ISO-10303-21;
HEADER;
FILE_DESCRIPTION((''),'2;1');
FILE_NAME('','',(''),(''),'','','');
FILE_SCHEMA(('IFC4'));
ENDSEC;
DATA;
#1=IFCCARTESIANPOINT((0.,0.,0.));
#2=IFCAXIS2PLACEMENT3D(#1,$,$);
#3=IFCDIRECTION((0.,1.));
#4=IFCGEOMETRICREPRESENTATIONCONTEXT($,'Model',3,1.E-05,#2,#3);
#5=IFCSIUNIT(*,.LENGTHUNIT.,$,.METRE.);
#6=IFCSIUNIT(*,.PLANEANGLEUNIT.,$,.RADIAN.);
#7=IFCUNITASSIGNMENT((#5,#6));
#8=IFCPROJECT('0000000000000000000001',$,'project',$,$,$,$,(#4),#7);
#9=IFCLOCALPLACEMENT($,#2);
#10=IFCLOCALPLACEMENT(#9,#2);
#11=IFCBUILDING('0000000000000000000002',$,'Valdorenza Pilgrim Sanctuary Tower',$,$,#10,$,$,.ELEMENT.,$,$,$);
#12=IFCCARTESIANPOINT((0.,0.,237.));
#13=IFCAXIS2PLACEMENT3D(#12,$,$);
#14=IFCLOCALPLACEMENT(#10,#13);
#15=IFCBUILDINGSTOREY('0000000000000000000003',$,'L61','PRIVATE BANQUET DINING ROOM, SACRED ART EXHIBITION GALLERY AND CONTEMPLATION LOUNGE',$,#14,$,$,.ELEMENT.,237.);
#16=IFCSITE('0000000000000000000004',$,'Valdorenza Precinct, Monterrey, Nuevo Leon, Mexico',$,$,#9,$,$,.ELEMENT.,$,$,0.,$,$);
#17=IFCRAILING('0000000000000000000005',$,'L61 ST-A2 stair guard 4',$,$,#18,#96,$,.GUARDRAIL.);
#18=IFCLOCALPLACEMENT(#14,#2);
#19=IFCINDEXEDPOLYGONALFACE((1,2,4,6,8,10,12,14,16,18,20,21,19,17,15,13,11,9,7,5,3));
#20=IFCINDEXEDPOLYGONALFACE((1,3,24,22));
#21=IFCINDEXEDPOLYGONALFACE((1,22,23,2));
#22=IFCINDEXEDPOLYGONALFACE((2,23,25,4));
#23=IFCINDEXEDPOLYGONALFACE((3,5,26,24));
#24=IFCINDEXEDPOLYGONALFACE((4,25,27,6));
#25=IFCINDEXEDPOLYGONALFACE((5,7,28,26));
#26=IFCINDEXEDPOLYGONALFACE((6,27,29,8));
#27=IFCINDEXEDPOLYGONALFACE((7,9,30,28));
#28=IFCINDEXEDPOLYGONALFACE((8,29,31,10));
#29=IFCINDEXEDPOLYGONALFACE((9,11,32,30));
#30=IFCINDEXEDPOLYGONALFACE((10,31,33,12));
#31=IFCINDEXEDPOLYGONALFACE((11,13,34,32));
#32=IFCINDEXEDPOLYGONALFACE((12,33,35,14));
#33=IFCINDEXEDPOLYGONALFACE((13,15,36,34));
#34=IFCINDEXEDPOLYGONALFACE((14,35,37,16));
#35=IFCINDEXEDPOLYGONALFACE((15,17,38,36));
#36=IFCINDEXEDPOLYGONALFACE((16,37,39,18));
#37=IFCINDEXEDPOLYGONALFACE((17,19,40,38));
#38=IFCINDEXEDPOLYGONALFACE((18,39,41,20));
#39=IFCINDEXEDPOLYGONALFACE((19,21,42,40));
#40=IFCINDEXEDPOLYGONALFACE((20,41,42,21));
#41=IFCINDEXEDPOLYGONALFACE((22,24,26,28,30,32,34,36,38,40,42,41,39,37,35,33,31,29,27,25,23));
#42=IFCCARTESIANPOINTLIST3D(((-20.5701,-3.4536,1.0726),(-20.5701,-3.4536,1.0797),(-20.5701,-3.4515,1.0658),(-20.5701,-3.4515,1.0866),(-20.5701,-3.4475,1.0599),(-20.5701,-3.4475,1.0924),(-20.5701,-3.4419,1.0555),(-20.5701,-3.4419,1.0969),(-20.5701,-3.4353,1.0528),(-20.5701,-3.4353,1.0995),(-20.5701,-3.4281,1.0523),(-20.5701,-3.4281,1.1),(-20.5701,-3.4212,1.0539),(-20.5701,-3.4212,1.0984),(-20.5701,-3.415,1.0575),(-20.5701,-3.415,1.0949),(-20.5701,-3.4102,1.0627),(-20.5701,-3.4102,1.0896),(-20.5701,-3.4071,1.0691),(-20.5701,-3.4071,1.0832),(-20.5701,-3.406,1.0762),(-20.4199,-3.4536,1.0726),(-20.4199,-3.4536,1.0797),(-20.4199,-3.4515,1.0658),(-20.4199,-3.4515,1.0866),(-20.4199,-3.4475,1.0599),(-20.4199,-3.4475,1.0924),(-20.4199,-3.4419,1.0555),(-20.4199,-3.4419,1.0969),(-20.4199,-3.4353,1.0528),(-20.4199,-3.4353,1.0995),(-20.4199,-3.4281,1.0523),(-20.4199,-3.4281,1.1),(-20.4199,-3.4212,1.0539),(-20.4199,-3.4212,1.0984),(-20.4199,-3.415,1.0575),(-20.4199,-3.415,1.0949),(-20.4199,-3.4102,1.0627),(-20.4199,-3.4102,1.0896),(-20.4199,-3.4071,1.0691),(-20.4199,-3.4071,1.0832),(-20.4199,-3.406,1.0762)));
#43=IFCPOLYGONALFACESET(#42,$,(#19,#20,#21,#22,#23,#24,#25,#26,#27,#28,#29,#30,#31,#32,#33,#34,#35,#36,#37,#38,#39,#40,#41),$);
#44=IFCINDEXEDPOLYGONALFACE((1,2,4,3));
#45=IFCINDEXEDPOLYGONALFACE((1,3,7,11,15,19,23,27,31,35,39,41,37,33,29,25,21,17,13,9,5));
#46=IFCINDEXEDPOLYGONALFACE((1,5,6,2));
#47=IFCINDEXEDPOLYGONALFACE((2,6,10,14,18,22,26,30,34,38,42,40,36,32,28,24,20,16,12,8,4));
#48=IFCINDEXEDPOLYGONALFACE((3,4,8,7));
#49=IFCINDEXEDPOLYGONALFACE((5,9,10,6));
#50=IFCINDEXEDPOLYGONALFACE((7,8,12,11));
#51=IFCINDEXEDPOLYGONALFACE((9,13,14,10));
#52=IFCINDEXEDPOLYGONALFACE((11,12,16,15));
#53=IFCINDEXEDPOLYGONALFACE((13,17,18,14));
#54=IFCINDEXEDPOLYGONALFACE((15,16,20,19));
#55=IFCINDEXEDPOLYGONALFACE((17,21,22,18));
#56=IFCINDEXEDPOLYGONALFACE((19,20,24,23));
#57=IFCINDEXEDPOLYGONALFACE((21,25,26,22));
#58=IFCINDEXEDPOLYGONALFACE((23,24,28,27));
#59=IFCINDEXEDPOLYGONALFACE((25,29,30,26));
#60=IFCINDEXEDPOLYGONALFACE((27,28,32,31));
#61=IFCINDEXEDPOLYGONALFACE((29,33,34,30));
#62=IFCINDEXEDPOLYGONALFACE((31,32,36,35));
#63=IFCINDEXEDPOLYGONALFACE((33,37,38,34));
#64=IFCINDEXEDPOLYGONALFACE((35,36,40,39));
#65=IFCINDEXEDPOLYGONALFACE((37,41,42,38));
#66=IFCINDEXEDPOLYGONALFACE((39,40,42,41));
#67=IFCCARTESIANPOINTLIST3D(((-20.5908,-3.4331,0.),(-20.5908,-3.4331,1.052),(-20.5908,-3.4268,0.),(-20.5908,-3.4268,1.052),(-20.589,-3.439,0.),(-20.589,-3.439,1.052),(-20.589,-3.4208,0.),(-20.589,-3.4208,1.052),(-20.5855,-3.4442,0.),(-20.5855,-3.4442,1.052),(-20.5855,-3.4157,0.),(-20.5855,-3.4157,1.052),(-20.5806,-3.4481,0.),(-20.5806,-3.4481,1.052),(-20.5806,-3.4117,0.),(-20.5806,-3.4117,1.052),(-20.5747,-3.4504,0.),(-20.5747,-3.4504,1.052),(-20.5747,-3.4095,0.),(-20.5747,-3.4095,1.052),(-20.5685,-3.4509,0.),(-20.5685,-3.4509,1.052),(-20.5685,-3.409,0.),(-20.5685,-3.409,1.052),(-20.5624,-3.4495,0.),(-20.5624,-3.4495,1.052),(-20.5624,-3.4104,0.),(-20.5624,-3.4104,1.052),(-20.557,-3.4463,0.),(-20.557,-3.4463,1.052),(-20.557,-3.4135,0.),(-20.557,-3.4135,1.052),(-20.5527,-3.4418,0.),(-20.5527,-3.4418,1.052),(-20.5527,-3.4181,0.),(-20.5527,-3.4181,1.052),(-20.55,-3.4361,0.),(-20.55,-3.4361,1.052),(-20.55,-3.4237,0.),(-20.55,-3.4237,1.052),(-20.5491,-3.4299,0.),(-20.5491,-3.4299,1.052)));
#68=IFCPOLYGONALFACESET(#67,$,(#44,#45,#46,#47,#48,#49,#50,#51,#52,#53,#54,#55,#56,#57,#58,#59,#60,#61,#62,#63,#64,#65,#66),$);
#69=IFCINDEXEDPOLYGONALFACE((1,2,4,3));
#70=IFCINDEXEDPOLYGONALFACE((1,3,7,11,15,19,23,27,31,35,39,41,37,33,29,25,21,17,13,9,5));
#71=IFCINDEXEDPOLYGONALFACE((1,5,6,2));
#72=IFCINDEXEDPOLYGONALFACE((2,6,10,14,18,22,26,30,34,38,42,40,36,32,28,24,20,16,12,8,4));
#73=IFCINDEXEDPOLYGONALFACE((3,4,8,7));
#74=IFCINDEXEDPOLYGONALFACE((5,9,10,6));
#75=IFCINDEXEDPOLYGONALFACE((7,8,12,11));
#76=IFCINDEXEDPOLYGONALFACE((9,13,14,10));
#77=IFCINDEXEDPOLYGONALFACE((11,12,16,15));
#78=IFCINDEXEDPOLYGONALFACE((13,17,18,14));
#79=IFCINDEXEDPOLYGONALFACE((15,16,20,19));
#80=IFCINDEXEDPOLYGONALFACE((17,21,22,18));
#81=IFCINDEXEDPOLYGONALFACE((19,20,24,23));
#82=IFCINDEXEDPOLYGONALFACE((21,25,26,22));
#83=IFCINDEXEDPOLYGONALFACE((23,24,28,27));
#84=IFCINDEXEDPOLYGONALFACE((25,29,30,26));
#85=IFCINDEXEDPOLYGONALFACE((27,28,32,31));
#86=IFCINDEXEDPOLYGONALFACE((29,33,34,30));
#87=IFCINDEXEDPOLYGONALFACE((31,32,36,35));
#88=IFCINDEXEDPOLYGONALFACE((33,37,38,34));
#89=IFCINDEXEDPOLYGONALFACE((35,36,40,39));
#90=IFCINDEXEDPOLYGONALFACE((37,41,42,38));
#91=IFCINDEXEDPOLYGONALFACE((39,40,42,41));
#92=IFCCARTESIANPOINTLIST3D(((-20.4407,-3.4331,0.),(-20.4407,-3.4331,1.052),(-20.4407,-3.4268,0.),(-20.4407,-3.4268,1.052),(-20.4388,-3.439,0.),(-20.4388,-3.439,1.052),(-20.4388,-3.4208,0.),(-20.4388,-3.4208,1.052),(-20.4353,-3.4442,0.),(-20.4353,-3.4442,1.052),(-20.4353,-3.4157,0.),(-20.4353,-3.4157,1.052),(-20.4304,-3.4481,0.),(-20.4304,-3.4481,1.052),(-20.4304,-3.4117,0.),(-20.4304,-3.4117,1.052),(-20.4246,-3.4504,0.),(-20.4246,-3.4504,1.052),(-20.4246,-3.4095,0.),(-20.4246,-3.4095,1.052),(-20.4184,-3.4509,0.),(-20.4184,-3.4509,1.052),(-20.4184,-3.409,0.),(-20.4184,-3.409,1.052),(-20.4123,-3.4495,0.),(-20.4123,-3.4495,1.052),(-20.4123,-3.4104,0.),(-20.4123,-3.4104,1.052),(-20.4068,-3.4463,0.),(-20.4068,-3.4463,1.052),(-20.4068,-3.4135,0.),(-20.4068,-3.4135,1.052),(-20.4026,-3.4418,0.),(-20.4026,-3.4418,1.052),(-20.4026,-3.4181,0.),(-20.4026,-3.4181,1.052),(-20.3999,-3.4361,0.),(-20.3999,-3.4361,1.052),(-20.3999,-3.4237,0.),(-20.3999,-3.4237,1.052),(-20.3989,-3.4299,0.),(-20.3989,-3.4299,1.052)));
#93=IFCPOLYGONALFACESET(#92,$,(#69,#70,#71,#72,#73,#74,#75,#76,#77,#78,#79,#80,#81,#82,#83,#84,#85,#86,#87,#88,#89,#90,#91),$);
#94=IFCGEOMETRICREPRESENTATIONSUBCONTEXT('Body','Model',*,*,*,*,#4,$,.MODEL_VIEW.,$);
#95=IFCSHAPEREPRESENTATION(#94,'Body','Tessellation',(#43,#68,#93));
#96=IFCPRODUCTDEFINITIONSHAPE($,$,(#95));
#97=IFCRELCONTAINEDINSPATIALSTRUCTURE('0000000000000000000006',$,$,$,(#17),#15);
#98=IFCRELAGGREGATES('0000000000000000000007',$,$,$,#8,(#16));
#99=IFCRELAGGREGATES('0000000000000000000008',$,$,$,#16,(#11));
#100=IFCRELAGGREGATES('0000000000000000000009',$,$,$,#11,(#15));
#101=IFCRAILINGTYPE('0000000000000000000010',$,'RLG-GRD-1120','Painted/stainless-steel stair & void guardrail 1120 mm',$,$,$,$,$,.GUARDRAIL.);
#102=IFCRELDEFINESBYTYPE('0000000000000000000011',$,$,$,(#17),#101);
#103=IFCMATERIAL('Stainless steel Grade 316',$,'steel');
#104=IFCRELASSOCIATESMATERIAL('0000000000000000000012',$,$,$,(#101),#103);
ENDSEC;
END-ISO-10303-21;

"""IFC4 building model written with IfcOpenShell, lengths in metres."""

from ifc_helpers import new_model, si_unit, direction, frame, origin, origin_2d, place, context, subcontext, project, spatial, circle, extrude, material, type_object, element, save


model = new_model("IFC4")

# Units and contexts
model_context = context("Model", 3, precision=1e-05, world=origin(), true_north=direction((0.0, 1.0)))
body_context = subcontext(model_context, "Body", "Model", "MODEL_VIEW")
ifc_project = project(units=[si_unit("LENGTHUNIT", "METRE"), si_unit("PLANEANGLEUNIT", "RADIAN")], contexts=[model_context])

# Site, building, storey
site_placement = place(None, origin())
site = spatial("IfcSite", under=ifc_project, at=site_placement, Name="Valdorenza Precinct, Monterrey, Nuevo Leon, Mexico", CompositionType="ELEMENT", RefElevation=0.0)
building_placement = place(site_placement, origin())
building = spatial("IfcBuilding", under=site, at=building_placement, Name="Valdorenza Pilgrim Sanctuary Tower", CompositionType="ELEMENT")
storey_placement = place(building_placement, frame((0.0, 0.0, 237.0)))
storey = spatial("IfcBuildingStorey", under=building, at=storey_placement, Name="L61", Description="PRIVATE BANQUET DINING ROOM, SACRED ART EXHIBITION GALLERY AND CONTEMPLATION LOUNGE", CompositionType="ELEMENT", Elevation=237.0)

# Railing
ifc_material_1 = material(Name="Stainless steel Grade 316", Category="steel")
railing_type_1 = type_object("IfcRailingType", Name="RLG-GRD-1120", Description="Painted/stainless-steel stair & void guardrail 1120 mm", PredefinedType="GUARDRAIL", material=ifc_material_1)
railing_1_placement = place(storey_placement, frame((-20.5701, -3.4299, 0.0)))
element("IfcRailing", 1, at=railing_1_placement, inside=storey, type_object=railing_type_1, Name="L61 ST-A2 stair guard 4", PredefinedType="GUARDRAIL", context=body_context, shape_type="SweptSolid", body=[
    extrude(circle(Radius=0.0239, at=origin_2d()), frame((0.0, 0.0, 1.0762), z_axis=(1.0, 0.0, 0.0), x_axis=(0.0, 1.0, 0.0)), (0.0, 0.0, 1.0), 0.1501),
    extrude(circle(Radius=0.021, at=origin_2d()), origin(), (0.0, 0.0, 1.0), 1.052),
    extrude(circle(Radius=0.021, at=origin_2d()), frame((0.1501, 0.0, 0.0)), (0.0, 0.0, 1.0), 1.052),
])

save(model, "model.ifc")
